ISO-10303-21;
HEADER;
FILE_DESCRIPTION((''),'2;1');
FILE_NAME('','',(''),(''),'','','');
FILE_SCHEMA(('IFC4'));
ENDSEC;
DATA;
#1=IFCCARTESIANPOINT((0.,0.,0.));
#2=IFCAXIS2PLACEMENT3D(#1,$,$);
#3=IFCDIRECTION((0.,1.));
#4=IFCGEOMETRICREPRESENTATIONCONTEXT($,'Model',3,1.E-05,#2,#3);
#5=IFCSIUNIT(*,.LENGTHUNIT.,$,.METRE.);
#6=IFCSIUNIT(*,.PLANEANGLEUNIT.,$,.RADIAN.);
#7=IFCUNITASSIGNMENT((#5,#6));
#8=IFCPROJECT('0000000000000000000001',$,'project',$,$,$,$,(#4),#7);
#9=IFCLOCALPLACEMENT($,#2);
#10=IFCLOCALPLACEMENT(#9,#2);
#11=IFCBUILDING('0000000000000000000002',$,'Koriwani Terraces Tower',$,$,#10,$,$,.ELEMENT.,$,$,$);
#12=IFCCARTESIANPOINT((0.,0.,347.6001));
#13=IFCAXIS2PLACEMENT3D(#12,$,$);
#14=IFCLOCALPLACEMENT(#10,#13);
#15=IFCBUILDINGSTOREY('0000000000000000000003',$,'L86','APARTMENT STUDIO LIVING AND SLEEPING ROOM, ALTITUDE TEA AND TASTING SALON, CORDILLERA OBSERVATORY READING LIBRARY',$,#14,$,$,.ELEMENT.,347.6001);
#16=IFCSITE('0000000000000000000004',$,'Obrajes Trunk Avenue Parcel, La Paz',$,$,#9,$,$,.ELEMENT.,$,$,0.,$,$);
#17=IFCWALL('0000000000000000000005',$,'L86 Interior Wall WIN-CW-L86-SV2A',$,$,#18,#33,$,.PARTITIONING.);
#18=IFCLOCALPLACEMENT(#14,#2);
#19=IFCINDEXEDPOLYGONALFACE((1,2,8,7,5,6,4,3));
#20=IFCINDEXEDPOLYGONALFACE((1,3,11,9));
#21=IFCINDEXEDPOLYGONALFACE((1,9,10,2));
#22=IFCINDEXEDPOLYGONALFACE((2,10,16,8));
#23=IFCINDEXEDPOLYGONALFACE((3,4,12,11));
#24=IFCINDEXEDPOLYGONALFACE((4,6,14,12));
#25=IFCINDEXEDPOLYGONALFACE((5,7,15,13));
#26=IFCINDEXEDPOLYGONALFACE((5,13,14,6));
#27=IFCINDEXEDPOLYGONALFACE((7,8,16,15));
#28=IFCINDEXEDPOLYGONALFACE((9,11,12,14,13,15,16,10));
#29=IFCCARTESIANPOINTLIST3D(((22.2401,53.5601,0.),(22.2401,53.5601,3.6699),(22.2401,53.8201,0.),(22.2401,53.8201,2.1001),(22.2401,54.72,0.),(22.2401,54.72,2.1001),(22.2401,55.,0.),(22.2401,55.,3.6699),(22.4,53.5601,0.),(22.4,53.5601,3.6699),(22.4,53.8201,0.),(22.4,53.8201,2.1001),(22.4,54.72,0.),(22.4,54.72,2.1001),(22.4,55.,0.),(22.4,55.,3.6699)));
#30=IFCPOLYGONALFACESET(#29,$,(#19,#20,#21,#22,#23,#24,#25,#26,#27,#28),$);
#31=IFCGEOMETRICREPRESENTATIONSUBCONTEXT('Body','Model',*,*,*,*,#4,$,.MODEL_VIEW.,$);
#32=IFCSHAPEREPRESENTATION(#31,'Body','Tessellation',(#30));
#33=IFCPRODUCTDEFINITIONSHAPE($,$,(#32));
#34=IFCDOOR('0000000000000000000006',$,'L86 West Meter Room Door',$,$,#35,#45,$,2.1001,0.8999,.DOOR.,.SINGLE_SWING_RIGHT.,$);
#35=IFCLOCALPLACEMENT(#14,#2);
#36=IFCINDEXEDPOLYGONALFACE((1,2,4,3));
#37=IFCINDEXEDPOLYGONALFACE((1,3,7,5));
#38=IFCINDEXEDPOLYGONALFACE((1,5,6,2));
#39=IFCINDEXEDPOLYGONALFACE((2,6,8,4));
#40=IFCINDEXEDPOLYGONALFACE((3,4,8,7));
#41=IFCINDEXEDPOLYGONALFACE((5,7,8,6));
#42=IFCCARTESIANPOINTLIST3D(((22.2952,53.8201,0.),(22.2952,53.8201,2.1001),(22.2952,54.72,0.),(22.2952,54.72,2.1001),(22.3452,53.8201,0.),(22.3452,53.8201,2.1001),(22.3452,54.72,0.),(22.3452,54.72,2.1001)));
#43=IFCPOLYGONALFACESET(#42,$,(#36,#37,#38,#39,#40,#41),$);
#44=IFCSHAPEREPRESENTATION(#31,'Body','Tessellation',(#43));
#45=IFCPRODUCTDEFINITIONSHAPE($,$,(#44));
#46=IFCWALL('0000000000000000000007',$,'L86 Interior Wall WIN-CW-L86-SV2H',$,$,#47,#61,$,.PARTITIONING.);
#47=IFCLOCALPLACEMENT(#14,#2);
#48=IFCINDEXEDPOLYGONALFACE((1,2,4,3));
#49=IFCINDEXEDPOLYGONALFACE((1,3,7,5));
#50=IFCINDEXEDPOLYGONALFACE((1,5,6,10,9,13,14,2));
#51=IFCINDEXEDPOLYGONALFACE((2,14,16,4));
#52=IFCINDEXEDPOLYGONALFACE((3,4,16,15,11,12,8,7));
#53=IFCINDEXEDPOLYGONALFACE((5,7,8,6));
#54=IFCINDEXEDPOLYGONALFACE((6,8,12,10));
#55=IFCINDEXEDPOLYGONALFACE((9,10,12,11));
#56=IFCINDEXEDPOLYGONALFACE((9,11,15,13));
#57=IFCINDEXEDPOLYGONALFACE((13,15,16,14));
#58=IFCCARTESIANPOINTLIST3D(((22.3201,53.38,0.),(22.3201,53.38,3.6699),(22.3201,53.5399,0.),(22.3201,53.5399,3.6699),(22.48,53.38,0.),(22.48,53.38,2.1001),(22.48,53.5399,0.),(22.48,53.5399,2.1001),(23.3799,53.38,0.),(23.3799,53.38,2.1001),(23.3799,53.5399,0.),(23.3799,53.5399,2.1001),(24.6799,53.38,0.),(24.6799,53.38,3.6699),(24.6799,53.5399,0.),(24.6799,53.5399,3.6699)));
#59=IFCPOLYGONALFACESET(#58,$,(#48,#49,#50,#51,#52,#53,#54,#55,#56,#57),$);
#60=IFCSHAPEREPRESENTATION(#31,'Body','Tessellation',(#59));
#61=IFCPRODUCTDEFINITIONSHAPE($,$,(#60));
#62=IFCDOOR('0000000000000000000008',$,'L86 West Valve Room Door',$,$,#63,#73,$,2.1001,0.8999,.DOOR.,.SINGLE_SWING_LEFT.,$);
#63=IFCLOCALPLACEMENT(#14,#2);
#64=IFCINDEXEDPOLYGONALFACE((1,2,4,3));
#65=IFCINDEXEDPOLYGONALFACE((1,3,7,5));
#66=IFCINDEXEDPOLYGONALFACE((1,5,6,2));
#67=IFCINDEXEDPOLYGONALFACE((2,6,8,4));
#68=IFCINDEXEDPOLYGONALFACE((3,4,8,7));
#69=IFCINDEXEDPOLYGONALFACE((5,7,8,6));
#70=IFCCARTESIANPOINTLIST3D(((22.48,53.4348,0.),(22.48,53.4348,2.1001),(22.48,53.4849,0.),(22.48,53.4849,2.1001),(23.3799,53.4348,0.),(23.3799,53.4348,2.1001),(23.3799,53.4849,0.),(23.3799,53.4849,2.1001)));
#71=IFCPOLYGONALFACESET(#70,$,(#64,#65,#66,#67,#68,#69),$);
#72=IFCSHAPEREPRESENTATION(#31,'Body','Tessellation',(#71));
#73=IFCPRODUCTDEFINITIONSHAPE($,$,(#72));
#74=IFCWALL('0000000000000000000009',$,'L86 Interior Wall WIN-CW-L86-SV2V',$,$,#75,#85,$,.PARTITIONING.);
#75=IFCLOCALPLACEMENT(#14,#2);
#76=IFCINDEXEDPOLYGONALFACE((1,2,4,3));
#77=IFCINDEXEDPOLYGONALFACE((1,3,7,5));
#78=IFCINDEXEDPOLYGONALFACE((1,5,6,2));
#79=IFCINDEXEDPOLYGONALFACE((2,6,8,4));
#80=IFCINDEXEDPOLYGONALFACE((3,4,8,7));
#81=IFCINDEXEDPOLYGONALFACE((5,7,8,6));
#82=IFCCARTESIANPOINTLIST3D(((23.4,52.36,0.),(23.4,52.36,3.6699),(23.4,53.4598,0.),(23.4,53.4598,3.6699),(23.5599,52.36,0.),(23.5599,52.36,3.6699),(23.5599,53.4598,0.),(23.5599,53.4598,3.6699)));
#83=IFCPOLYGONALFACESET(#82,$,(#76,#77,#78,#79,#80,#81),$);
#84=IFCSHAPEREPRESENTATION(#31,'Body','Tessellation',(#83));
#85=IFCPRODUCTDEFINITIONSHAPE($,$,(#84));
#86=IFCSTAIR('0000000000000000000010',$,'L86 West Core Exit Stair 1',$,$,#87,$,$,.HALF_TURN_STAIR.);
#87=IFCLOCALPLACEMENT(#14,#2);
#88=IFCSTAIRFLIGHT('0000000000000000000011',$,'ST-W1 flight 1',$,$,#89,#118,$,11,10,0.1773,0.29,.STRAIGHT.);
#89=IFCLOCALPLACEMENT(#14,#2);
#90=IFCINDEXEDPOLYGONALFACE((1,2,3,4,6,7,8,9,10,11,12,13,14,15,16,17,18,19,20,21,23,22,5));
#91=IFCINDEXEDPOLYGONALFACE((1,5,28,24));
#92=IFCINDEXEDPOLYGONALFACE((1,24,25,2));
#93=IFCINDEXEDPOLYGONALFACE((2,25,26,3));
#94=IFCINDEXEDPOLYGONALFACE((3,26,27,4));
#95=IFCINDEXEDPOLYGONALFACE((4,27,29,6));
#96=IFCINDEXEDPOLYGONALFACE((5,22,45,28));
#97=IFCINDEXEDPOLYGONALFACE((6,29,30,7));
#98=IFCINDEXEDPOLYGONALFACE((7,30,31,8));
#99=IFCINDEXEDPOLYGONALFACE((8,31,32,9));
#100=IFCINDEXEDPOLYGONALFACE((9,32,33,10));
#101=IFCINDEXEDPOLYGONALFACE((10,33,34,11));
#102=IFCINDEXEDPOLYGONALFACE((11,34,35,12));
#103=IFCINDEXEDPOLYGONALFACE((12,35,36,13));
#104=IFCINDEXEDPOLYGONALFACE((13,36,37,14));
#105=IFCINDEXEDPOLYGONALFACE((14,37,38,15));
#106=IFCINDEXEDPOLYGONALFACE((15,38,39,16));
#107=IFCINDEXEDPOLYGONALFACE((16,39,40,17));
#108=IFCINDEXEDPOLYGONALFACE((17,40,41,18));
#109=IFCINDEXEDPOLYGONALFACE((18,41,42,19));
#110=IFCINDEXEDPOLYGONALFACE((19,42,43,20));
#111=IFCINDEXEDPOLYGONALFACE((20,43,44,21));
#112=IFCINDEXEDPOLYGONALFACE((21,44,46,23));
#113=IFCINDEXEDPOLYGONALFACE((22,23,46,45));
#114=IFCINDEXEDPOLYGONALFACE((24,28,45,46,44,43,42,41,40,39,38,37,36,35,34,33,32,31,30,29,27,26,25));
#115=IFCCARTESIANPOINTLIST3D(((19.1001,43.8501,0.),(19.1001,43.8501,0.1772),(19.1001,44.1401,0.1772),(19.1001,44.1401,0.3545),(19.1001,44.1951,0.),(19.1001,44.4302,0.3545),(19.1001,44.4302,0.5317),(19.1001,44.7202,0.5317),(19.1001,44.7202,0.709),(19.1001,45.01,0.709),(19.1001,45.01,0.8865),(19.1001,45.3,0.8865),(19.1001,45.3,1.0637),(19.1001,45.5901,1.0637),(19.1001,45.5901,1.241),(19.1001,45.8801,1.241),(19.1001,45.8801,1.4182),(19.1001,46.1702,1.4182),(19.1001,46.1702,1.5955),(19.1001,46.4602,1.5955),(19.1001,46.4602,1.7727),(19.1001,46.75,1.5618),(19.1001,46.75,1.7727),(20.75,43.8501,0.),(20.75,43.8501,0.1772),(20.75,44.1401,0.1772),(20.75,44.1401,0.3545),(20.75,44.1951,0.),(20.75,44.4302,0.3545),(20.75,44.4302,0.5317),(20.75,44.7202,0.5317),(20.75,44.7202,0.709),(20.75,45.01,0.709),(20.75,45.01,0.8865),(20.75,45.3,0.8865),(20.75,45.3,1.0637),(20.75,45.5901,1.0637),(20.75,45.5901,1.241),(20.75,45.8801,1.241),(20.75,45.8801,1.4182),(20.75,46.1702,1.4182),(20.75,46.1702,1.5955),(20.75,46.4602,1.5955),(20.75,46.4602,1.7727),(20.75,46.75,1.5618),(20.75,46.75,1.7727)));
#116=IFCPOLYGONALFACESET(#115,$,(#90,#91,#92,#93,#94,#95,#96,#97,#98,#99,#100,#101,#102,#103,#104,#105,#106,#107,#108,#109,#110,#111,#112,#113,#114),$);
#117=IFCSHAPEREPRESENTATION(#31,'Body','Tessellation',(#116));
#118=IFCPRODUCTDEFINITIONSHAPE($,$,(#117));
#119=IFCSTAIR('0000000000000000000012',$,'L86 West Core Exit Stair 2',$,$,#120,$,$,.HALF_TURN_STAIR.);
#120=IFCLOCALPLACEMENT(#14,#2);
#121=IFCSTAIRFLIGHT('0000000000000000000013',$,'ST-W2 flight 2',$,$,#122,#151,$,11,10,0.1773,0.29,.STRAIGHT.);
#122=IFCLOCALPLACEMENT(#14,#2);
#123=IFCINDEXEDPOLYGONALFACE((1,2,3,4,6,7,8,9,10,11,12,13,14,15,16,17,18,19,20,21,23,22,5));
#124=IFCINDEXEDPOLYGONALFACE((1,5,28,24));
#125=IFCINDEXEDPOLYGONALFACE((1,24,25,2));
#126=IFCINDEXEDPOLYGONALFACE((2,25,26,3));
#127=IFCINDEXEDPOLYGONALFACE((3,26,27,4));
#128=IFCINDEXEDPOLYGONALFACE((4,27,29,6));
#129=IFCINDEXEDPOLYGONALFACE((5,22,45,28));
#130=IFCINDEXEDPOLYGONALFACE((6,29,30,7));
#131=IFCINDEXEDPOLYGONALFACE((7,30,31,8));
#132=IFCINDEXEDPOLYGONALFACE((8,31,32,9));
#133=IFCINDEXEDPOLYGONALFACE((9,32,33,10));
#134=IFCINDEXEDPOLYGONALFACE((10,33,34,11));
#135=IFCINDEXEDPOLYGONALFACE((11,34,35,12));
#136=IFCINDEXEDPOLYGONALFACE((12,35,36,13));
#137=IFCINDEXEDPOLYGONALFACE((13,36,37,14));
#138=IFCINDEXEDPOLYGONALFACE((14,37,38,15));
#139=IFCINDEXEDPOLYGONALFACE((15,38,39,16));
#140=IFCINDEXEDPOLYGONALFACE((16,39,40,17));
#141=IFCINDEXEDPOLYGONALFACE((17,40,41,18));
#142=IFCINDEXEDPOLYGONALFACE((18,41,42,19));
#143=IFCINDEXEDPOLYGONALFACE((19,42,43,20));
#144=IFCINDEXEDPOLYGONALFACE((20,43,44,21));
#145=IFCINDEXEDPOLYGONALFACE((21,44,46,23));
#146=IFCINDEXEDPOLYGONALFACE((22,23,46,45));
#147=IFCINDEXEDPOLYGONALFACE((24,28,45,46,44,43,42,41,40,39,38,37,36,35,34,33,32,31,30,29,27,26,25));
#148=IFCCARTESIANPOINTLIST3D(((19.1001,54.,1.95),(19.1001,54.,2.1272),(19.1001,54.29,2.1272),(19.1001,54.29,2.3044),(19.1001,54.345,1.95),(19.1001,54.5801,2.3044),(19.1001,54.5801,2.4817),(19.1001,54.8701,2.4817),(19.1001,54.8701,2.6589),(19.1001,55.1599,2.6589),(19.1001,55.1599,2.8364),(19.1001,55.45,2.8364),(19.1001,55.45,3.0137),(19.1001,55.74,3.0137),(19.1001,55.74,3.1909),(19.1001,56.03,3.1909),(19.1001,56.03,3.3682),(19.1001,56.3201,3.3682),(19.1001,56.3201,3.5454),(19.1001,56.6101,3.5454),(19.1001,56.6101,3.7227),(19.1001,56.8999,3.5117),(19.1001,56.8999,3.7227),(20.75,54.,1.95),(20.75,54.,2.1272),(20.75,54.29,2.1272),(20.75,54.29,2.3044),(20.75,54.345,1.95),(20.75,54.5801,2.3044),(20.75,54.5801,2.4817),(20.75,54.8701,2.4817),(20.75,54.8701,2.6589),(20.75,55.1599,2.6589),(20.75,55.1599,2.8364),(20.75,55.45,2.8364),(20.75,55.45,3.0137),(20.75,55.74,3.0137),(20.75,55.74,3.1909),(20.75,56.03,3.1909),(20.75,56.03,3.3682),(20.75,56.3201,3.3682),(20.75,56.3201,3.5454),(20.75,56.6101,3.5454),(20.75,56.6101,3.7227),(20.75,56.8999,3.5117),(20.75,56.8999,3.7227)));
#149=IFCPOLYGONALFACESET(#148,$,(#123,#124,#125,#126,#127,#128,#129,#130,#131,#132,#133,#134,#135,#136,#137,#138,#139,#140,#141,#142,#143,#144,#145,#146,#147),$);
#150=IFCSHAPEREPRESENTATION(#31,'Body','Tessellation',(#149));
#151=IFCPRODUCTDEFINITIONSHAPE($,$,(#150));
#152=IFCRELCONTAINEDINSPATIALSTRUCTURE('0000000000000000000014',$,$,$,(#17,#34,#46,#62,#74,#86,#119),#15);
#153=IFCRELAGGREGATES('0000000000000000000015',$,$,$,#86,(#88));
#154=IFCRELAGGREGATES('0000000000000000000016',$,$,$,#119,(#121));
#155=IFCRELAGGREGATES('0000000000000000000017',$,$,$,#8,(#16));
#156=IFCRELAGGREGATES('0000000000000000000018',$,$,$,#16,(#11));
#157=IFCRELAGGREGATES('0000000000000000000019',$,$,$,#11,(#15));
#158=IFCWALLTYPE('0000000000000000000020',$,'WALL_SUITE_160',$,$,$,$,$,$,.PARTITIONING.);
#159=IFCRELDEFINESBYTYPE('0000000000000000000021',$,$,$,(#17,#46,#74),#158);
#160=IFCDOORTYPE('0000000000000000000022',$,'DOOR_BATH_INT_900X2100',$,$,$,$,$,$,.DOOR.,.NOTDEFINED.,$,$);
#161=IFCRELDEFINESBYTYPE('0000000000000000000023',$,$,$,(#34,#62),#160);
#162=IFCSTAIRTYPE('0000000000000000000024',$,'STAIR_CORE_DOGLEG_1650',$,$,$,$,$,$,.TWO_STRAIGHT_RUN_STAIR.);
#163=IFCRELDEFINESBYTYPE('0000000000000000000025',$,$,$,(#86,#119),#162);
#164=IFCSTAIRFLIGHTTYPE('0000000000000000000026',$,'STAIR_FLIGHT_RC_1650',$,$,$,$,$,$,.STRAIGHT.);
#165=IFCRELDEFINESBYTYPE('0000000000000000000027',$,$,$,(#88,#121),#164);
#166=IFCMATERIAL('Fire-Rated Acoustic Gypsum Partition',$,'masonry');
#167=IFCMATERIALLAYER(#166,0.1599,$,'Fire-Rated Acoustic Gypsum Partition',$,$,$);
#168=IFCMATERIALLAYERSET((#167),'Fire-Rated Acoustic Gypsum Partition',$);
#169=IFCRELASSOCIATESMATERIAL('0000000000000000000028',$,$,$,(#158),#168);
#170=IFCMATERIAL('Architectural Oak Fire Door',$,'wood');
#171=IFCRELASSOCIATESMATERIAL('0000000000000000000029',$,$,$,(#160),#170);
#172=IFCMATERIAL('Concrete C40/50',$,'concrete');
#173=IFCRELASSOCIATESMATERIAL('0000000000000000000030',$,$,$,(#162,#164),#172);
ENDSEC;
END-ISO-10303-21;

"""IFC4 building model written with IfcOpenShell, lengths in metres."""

from ifc_helpers import new_model, si_unit, direction, frame, frame_2d, origin, place, context, subcontext, project, spatial, polyline, rectangle, outline, extrude, material, layer, layer_set, type_object, element, fill, aggregate, save


model = new_model("IFC4")

# Units and contexts
model_context = context("Model", 3, precision=1e-05, world=origin(), true_north=direction((0.0, 1.0)))
body_context = subcontext(model_context, "Body", "Model", "MODEL_VIEW")
ifc_project = project(units=[si_unit("LENGTHUNIT", "METRE"), si_unit("PLANEANGLEUNIT", "RADIAN")], contexts=[model_context])

# Site, building, storey
site_placement = place(None, origin())
site = spatial("IfcSite", under=ifc_project, at=site_placement, Name="Obrajes Trunk Avenue Parcel, La Paz", CompositionType="ELEMENT", RefElevation=0.0)
building_placement = place(site_placement, origin())
building = spatial("IfcBuilding", under=site, at=building_placement, Name="Koriwani Terraces Tower", CompositionType="ELEMENT")
storey_placement = place(building_placement, frame((0.0, 0.0, 347.6001)))
storey = spatial("IfcBuildingStorey", under=building, at=storey_placement, Name="L86", Description="APARTMENT STUDIO LIVING AND SLEEPING ROOM, ALTITUDE TEA AND TASTING SALON, CORDILLERA OBSERVATORY READING LIBRARY", CompositionType="ELEMENT", Elevation=347.6001)

# Shared definitions
ifc_material_1 = material(Name="Concrete C40/50", Category="concrete")

# Walls, openings, doors
ifc_material_2 = material(Name="Fire-Rated Acoustic Gypsum Partition", Category="masonry")
ifc_layer_1 = layer(ifc_material_2, 0.1599, Name="Fire-Rated Acoustic Gypsum Partition")
ifc_layer_set_1 = layer_set([ifc_layer_1], Name="Fire-Rated Acoustic Gypsum Partition")
wall_type_1 = type_object("IfcWallType", Name="WALL_SUITE_160", PredefinedType="PARTITIONING", material=ifc_layer_set_1)
wall_1_placement = place(storey_placement, frame((22.3201, 53.5601, 0.0), z_axis=(0.0, 0.0, 1.0), x_axis=(0.0, 1.0, 0.0)))
wall_1 = element("IfcWall", 1, at=wall_1_placement, inside=storey, type_object=wall_type_1, Name="L86 Interior Wall WIN-CW-L86-SV2A", PredefinedType="PARTITIONING", context=body_context, shape_type="SweptSolid", body=[
    extrude(rectangle(XDim=1.4399, YDim=0.1599, at=frame_2d((0.72, 0.0))), origin(), (0.0, 0.0, 1.0), 3.6699),
])
opening_1_placement = place(wall_1_placement, frame((0.26, 0.0, 0.0)))
opening_1 = element("IfcOpeningElement", 2, at=opening_1_placement, cuts=wall_1, PredefinedType="OPENING", context=body_context, shape_type="SweptSolid", body=[
    extrude(rectangle(XDim=0.8999, YDim=2.1001, at=frame_2d((0.45, 1.05))), frame((0.0, 0.0898, 0.0), z_axis=(0.0, -1.0, 0.0), x_axis=(1.0, 0.0, 0.0)), (0.0, 0.0, 1.0), 0.1799),
])
ifc_material_3 = material(Name="Architectural Oak Fire Door", Category="wood")
door_type_1 = type_object("IfcDoorType", Name="DOOR_BATH_INT_900X2100", OperationType="NOTDEFINED", PredefinedType="DOOR", material=ifc_material_3)
door_1_placement = place(opening_1_placement, origin())
door_1 = element("IfcDoor", 3, at=door_1_placement, inside=storey, type_object=door_type_1, Name="L86 West Meter Room Door", OperationType="SINGLE_SWING_RIGHT", OverallHeight=2.1001, OverallWidth=0.8999, PredefinedType="DOOR", context=body_context, shape_type="SweptSolid", body=[
    extrude(rectangle(XDim=0.8999, YDim=2.1001, at=frame_2d((0.45, 1.05))), frame((0.0, 0.0249, 0.0), z_axis=(0.0, -1.0, 0.0), x_axis=(1.0, 0.0, 0.0)), (0.0, 0.0, 1.0), 0.05),
])
fill(opening_1, door_1)
wall_2_placement = place(storey_placement, frame((22.3201, 53.46, 0.0), z_axis=(0.0, 0.0, 1.0), x_axis=(1.0, 0.0, 0.0)))
wall_2 = element("IfcWall", 4, at=wall_2_placement, inside=storey, type_object=wall_type_1, Name="L86 Interior Wall WIN-CW-L86-SV2H", PredefinedType="PARTITIONING", context=body_context, shape_type="SweptSolid", body=[
    extrude(rectangle(XDim=2.3599, YDim=0.1599, at=frame_2d((1.1799, 0.0))), origin(), (0.0, 0.0, 1.0), 3.6699),
])
opening_2_placement = place(wall_2_placement, frame((0.1599, 0.0, 0.0)))
opening_2 = element("IfcOpeningElement", 5, at=opening_2_placement, cuts=wall_2, PredefinedType="OPENING", context=body_context, shape_type="SweptSolid", body=[
    extrude(rectangle(XDim=0.8999, YDim=2.1001, at=frame_2d((0.45, 1.05))), frame((0.0, 0.0898, 0.0), z_axis=(0.0, -1.0, 0.0), x_axis=(1.0, 0.0, 0.0)), (0.0, 0.0, 1.0), 0.1799),
])
door_2_placement = place(opening_2_placement, origin())
door_2 = element("IfcDoor", 6, at=door_2_placement, inside=storey, type_object=door_type_1, Name="L86 West Valve Room Door", OperationType="SINGLE_SWING_LEFT", OverallHeight=2.1001, OverallWidth=0.8999, PredefinedType="DOOR", context=body_context, shape_type="SweptSolid", body=[
    extrude(rectangle(XDim=0.8999, YDim=2.1001, at=frame_2d((0.45, 1.05))), frame((0.0, 0.0249, 0.0), z_axis=(0.0, -1.0, 0.0), x_axis=(1.0, 0.0, 0.0)), (0.0, 0.0, 1.0), 0.05),
])
fill(opening_2, door_2)

# Wall
wall_3_placement = place(storey_placement, frame((23.48, 52.3601, 0.0), z_axis=(0.0, 0.0, 1.0), x_axis=(0.0, 1.0, 0.0)))
element("IfcWall", 7, at=wall_3_placement, inside=storey, type_object=wall_type_1, Name="L86 Interior Wall WIN-CW-L86-SV2V", PredefinedType="PARTITIONING", context=body_context, shape_type="SweptSolid", body=[
    extrude(rectangle(XDim=1.0999, YDim=0.1599, at=frame_2d((0.5498, 0.0))), origin(), (0.0, 0.0, 1.0), 3.6699),
])

# Stairs, stair flights
stair_type = type_object("IfcStairType", Name="STAIR_CORE_DOGLEG_1650", PredefinedType="TWO_STRAIGHT_RUN_STAIR", material=ifc_material_1)
stair_1_placement = place(storey_placement, origin())
stair_1 = element("IfcStair", 8, at=stair_1_placement, inside=storey, type_object=stair_type, Name="L86 West Core Exit Stair 1", PredefinedType="HALF_TURN_STAIR")
stair_flight_type = type_object("IfcStairFlightType", Name="STAIR_FLIGHT_RC_1650", PredefinedType="STRAIGHT", material=ifc_material_1)
stair_flight_1_placement = place(storey_placement, frame((19.925, 43.8501, 0.0), z_axis=(0.0, 0.0, 1.0), x_axis=(0.0, 1.0, 0.0)))
stair_flight_1 = element("IfcStairFlight", 9, at=stair_flight_1_placement, type_object=stair_flight_type, Name="ST-W1 flight 1", NumberOfRisers=11, NumberOfTreads=10, PredefinedType="STRAIGHT", RiserHeight=0.1773, TreadLength=0.29, context=body_context, shape_type="SweptSolid", body=[
    extrude(outline(polyline([(0.0, 0.0), (0.0, 0.1772), (0.29, 0.1772), (0.29, 0.3545), (0.5801, 0.3545), (0.5801, 0.5317), (0.8701, 0.5317), (0.8701, 0.709), (1.1599, 0.709), (1.1599, 0.8865), (1.45, 0.8865), (1.45, 1.0637), (1.74, 1.0637), (1.74, 1.241), (2.03, 1.241), (2.03, 1.4182), (2.3201, 1.4182), (2.3201, 1.5955), (2.6101, 1.5955), (2.6101, 1.7727), (2.8999, 1.7727), (2.8999, 1.95), (2.8999, 1.5618), (0.345, 0.0), (0.0, 0.0)])), frame((0.0, 0.825, 0.0), z_axis=(0.0, -1.0, 0.0), x_axis=(1.0, 0.0, 0.0)), (0.0, 0.0, 1.0), 1.6499),
])
aggregate(stair_1, [stair_flight_1])
stair_2_placement = place(storey_placement, origin())
stair_2 = element("IfcStair", 10, at=stair_2_placement, inside=storey, type_object=stair_type, Name="L86 West Core Exit Stair 2", PredefinedType="HALF_TURN_STAIR")
stair_flight_2_placement = place(storey_placement, frame((19.925, 54.0, 1.95), z_axis=(0.0, 0.0, 1.0), x_axis=(0.0, 1.0, 0.0)))
stair_flight_2 = element("IfcStairFlight", 11, at=stair_flight_2_placement, type_object=stair_flight_type, Name="ST-W2 flight 2", NumberOfRisers=11, NumberOfTreads=10, PredefinedType="STRAIGHT", RiserHeight=0.1773, TreadLength=0.29, context=body_context, shape_type="SweptSolid", body=[
    extrude(outline(polyline([(0.0, 0.0), (0.0, 0.1772), (0.29, 0.1772), (0.29, 0.3545), (0.5801, 0.3545), (0.5801, 0.5317), (0.8701, 0.5317), (0.8701, 0.709), (1.1599, 0.709), (1.1599, 0.8865), (1.45, 0.8865), (1.45, 1.0637), (1.74, 1.0637), (1.74, 1.241), (2.03, 1.241), (2.03, 1.4182), (2.3201, 1.4182), (2.3201, 1.5955), (2.6101, 1.5955), (2.6101, 1.7727), (2.8999, 1.7727), (2.8999, 1.95), (2.8999, 1.5618), (0.345, 0.0), (0.0, 0.0)])), frame((0.0, 0.825, 0.0), z_axis=(0.0, -1.0, 0.0), x_axis=(1.0, 0.0, 0.0)), (0.0, 0.0, 1.0), 1.6499),
])
aggregate(stair_2, [stair_flight_2])

save(model, "model.ifc")
